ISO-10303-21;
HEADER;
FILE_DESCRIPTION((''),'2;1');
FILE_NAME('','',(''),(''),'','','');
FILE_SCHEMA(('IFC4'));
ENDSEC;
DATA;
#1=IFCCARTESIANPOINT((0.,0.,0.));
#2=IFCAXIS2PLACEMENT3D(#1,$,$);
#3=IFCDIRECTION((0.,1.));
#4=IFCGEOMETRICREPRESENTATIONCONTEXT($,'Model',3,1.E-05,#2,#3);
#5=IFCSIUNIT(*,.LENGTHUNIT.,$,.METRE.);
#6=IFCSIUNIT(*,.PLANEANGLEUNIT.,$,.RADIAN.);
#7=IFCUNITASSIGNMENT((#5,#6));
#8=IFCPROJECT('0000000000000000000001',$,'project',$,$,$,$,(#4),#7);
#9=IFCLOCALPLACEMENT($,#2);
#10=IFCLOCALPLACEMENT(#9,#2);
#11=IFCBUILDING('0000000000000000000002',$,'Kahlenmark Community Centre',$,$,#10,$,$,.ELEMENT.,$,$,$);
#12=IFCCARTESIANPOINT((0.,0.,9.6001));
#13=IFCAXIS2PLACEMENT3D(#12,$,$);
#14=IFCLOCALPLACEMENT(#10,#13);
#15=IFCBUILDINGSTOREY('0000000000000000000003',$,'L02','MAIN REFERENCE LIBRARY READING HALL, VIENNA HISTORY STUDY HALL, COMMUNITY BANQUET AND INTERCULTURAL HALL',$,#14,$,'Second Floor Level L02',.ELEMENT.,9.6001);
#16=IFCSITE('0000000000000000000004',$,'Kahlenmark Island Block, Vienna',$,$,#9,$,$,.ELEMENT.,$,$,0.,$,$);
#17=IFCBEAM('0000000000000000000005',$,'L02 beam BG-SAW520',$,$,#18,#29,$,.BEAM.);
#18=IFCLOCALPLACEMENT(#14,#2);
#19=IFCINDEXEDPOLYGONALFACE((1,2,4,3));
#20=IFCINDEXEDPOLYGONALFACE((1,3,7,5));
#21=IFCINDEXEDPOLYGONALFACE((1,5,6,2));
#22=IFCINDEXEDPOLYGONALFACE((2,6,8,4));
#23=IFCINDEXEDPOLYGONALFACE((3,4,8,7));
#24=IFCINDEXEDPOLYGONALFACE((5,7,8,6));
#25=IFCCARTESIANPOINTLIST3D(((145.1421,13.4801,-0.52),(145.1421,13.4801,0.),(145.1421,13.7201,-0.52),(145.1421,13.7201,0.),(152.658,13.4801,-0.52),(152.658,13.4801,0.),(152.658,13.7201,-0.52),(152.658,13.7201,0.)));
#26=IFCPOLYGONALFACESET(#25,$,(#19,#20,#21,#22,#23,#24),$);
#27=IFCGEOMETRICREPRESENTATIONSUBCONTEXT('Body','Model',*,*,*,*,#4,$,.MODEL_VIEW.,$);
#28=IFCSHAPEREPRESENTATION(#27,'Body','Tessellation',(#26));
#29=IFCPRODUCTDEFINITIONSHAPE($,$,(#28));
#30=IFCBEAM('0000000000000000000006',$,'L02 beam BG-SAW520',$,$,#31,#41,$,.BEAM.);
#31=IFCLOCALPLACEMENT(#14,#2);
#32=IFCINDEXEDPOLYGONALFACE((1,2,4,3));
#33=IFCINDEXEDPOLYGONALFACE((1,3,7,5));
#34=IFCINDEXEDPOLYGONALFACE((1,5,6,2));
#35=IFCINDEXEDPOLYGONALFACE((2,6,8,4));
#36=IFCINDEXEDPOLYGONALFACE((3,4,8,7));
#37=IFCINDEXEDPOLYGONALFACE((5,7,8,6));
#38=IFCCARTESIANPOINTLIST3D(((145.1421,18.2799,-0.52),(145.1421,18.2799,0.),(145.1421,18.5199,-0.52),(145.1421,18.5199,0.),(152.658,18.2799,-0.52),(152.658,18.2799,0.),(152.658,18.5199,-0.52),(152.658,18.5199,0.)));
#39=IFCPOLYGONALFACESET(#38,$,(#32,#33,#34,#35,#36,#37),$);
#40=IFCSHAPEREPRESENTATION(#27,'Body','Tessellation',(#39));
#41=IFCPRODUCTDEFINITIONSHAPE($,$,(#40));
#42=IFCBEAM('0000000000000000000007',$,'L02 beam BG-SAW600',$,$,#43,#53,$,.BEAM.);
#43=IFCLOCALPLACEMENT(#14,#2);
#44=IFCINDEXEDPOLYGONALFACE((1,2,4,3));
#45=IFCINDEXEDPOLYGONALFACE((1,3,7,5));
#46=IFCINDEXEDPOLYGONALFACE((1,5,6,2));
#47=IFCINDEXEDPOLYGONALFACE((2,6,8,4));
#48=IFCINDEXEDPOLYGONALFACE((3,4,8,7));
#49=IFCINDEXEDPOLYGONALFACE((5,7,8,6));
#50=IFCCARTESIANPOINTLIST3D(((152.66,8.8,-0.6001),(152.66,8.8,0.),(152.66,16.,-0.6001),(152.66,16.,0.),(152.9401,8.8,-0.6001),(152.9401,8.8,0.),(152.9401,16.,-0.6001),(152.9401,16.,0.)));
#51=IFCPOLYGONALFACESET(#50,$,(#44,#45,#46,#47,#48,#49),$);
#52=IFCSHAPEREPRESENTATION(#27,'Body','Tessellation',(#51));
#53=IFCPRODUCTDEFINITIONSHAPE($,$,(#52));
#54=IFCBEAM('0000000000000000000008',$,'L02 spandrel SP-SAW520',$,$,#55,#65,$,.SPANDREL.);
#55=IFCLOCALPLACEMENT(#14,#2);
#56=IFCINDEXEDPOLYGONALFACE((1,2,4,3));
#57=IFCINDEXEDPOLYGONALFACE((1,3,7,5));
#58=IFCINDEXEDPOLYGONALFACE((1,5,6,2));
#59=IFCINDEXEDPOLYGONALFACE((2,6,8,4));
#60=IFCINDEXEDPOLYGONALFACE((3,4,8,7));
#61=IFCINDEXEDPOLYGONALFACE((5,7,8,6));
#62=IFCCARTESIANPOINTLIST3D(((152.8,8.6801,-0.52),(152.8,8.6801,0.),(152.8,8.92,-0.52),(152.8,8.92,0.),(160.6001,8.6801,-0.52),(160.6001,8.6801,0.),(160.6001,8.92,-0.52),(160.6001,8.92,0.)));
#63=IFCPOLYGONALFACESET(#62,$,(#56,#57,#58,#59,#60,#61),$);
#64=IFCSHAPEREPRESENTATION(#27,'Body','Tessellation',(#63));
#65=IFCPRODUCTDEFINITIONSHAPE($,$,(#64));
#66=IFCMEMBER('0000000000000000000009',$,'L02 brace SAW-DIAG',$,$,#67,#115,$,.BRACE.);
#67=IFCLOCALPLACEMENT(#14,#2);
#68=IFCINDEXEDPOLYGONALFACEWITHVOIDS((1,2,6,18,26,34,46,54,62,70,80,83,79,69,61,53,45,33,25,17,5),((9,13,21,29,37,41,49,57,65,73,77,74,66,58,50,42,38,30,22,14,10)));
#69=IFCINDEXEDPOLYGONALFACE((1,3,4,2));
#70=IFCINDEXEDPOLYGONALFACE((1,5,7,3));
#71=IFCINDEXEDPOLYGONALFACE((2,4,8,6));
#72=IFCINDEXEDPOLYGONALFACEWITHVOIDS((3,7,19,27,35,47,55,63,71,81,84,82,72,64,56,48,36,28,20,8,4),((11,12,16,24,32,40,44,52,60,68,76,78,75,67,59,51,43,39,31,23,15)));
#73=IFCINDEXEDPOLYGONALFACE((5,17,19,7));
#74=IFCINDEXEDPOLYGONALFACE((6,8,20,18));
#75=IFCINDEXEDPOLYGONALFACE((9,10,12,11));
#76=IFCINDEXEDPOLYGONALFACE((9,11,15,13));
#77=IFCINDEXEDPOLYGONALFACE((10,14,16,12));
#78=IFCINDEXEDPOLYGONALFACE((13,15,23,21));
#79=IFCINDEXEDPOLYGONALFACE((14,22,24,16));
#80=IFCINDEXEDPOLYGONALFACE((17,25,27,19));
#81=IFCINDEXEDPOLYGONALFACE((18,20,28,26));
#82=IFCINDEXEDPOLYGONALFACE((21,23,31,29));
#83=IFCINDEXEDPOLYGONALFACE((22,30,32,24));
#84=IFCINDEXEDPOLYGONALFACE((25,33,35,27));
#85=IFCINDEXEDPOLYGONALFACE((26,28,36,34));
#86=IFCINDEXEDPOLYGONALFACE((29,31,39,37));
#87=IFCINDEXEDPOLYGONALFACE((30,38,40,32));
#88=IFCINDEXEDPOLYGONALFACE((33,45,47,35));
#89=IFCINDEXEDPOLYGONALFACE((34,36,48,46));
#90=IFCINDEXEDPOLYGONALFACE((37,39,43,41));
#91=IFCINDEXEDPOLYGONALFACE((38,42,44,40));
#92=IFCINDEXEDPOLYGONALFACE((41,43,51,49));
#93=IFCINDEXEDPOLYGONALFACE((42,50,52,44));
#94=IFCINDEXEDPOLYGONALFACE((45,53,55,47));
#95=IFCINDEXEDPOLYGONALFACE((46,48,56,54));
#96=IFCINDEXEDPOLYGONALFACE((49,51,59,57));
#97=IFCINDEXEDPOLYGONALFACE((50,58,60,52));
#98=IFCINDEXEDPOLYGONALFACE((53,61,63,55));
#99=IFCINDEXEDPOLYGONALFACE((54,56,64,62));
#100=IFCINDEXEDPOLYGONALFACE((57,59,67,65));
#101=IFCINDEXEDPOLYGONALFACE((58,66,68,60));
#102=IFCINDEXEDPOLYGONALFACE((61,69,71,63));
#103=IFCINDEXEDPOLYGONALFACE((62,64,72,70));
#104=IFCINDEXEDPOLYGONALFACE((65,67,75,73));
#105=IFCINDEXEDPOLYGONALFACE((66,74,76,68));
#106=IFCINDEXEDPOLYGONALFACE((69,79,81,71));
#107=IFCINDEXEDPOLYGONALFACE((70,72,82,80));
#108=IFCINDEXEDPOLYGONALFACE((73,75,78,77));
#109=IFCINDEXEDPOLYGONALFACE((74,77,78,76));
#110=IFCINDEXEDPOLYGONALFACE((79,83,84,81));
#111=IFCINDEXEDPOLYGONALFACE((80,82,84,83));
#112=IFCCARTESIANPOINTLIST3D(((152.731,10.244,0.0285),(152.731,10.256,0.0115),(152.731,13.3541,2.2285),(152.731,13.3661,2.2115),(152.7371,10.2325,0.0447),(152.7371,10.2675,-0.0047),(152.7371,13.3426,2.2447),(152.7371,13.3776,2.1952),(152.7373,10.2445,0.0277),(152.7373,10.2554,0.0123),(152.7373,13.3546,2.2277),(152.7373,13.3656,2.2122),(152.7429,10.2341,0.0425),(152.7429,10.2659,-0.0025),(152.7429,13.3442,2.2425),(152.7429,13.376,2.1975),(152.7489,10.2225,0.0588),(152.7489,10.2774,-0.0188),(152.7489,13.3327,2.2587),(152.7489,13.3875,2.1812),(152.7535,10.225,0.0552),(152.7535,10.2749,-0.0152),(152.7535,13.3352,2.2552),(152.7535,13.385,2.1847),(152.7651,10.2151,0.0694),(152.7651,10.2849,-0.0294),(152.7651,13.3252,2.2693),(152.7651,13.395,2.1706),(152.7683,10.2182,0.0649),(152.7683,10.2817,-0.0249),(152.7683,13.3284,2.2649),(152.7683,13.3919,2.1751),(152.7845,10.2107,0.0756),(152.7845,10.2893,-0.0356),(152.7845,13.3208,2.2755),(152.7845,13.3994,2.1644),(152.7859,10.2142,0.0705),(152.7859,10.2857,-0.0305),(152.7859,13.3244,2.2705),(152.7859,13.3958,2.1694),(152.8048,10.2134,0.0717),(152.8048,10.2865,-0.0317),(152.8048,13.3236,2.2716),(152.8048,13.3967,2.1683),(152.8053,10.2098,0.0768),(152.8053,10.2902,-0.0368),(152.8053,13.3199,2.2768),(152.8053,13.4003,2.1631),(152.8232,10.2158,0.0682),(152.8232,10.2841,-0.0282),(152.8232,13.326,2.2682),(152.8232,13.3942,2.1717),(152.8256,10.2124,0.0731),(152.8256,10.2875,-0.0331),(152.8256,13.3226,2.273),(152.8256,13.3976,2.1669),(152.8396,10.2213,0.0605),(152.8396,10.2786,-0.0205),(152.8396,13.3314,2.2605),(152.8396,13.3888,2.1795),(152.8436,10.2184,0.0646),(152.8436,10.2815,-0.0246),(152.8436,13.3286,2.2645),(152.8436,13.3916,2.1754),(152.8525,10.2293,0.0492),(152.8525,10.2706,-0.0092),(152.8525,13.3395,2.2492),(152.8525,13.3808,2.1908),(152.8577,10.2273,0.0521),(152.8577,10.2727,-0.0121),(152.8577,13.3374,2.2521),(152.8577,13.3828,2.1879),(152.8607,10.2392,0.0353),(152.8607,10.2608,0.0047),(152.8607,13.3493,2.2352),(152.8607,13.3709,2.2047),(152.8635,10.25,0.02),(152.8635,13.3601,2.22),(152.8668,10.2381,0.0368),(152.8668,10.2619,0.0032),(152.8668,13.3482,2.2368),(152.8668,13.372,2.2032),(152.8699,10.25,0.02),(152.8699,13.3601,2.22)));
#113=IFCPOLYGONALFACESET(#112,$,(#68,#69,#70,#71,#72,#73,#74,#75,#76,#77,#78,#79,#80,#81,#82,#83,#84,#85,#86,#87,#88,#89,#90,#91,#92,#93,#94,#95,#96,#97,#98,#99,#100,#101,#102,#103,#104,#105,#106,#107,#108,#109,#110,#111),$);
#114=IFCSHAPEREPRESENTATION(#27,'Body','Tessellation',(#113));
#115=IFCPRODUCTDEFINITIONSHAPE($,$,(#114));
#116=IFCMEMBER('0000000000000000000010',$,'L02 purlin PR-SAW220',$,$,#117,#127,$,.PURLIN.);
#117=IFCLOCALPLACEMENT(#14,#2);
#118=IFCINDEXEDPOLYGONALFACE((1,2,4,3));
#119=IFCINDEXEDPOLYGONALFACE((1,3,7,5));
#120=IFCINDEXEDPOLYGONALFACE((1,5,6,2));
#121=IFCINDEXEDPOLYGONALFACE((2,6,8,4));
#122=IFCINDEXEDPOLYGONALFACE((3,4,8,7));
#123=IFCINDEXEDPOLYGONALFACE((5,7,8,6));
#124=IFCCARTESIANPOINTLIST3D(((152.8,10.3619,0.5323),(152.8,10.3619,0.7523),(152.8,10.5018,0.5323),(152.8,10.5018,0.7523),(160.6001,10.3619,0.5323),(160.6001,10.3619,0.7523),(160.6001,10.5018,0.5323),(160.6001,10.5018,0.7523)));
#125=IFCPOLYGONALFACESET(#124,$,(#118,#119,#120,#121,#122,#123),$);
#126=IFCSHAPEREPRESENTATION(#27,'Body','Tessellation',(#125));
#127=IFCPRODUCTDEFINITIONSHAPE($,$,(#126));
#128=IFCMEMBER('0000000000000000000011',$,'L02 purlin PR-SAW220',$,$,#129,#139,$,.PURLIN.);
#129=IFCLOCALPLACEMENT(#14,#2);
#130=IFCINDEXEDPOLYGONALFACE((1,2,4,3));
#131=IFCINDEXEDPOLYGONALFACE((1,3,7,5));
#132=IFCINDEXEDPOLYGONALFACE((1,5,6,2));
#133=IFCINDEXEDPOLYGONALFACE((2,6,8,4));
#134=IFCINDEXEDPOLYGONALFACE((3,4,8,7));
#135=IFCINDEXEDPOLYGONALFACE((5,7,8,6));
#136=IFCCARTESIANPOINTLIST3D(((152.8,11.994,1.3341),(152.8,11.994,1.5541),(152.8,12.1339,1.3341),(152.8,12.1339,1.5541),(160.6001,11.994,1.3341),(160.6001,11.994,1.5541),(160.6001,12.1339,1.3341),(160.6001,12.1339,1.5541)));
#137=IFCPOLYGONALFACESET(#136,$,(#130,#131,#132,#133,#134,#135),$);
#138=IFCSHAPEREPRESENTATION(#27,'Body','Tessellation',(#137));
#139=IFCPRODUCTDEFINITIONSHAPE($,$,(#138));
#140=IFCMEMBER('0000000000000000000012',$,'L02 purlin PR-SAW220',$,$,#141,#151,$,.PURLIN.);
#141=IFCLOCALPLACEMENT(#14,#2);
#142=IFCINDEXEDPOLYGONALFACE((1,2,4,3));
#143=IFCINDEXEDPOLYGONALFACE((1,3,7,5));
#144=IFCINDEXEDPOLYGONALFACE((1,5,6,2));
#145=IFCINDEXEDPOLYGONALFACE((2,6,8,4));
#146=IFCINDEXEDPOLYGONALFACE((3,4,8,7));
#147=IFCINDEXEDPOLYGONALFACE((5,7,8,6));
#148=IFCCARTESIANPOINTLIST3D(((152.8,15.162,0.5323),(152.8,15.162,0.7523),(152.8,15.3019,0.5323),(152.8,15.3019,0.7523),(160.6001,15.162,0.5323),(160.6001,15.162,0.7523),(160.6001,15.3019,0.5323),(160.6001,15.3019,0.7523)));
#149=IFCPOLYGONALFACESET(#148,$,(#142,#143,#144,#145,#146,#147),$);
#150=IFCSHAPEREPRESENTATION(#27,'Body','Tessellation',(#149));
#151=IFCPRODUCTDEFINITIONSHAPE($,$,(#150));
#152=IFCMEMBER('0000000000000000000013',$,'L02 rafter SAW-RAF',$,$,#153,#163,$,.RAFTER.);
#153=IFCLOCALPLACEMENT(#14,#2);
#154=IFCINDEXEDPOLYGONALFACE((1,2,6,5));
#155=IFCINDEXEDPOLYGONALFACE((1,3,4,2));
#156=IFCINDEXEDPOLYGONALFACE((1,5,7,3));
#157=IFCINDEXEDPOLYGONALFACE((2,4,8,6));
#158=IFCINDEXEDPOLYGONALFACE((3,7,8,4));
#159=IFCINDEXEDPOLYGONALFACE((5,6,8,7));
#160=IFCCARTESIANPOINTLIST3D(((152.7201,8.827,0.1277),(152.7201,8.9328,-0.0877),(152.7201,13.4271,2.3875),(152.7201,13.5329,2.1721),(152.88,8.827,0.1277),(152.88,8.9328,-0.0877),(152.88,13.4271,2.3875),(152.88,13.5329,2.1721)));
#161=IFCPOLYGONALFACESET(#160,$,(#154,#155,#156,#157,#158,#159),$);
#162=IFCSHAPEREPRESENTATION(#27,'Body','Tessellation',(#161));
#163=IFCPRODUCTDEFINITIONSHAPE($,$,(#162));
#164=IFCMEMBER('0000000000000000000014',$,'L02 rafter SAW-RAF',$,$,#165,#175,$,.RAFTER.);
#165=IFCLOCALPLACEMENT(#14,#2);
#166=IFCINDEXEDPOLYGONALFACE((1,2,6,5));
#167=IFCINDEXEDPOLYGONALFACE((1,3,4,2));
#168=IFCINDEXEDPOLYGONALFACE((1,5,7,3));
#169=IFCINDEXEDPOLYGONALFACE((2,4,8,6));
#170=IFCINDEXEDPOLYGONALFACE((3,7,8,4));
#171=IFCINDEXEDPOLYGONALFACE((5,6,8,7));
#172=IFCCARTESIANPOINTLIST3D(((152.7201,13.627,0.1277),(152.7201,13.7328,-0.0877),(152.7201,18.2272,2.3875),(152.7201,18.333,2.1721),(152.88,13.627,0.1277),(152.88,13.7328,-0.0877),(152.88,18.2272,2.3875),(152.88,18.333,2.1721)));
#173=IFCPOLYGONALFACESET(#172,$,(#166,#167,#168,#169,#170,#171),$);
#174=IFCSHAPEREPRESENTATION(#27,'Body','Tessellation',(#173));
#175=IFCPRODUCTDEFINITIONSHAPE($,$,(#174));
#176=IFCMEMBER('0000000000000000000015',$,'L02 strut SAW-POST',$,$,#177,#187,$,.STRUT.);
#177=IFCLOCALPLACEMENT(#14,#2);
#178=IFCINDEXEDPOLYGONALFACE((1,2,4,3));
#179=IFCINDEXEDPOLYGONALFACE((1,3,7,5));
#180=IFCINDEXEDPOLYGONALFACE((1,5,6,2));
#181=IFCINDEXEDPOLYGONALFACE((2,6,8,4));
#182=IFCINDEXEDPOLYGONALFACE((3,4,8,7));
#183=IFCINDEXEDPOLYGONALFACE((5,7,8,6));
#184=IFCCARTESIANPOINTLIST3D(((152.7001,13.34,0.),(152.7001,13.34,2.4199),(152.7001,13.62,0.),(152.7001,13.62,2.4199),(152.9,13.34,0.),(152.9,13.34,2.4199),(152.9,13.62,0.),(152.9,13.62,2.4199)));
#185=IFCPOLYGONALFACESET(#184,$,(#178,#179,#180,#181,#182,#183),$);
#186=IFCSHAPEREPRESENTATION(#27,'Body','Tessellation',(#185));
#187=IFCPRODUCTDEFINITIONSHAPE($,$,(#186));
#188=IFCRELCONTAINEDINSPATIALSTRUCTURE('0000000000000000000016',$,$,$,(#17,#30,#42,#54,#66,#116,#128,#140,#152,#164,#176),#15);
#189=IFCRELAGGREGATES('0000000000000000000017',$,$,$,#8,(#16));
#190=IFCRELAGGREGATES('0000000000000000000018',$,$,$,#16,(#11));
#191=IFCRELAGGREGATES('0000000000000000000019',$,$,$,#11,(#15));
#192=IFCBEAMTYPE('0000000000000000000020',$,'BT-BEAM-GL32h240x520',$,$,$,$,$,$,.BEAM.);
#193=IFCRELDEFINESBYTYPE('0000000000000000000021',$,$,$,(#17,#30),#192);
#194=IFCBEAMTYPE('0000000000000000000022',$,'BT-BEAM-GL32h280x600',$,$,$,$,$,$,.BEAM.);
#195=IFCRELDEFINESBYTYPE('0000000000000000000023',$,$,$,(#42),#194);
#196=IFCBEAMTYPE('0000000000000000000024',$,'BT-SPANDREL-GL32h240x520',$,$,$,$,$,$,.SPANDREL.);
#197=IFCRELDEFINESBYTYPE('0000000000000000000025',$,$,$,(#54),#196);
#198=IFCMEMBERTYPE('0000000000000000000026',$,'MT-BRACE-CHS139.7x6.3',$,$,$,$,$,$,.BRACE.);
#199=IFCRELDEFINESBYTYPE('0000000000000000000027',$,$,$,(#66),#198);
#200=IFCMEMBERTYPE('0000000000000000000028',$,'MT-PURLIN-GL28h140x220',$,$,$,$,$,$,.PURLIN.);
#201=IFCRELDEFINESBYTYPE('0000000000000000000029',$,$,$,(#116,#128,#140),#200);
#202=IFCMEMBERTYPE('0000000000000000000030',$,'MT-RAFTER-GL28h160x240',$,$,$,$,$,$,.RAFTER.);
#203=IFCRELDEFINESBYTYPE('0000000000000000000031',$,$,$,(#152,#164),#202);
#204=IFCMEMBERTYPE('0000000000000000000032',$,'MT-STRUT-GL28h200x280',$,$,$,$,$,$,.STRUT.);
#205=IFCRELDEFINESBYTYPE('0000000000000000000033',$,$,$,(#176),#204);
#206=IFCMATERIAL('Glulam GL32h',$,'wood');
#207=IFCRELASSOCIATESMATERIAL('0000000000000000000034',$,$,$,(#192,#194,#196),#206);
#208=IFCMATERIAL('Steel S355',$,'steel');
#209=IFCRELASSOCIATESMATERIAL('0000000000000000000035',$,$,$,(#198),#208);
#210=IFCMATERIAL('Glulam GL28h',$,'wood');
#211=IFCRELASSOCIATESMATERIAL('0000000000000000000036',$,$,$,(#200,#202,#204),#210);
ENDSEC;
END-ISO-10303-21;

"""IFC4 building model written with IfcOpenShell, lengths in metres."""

from ifc_helpers import new_model, si_unit, direction, frame, origin, origin_2d, place, context, subcontext, project, spatial, rectangle, hollow_circle, extrude, material, material_profile, profile_set, type_object, element, save


model = new_model("IFC4")

# Units and contexts
model_context = context("Model", 3, precision=1e-05, world=origin(), true_north=direction((0.0, 1.0)))
body_context = subcontext(model_context, "Body", "Model", "MODEL_VIEW")
ifc_project = project(units=[si_unit("LENGTHUNIT", "METRE"), si_unit("PLANEANGLEUNIT", "RADIAN")], contexts=[model_context])

# Site, building, storey
site_placement = place(None, origin())
site = spatial("IfcSite", under=ifc_project, at=site_placement, Name="Kahlenmark Island Block, Vienna", CompositionType="ELEMENT", RefElevation=0.0)
building_placement = place(site_placement, origin())
building = spatial("IfcBuilding", under=site, at=building_placement, Name="Kahlenmark Community Centre", CompositionType="ELEMENT")
storey_placement = place(building_placement, frame((0.0, 0.0, 9.6001)))
storey = spatial("IfcBuildingStorey", under=building, at=storey_placement, Name="L02", Description="MAIN REFERENCE LIBRARY READING HALL, VIENNA HISTORY STUDY HALL, COMMUNITY BANQUET AND INTERCULTURAL HALL", LongName="Second Floor Level L02", CompositionType="ELEMENT", Elevation=9.6001)

# Beams
ifc_material_1 = material(Name="Glulam GL32h", Category="wood")
ifc_material_profile_1 = material_profile(ifc_material_1, rectangle(XDim=0.24, YDim=0.52, at=origin_2d()), Name="GL32h 240x520")
ifc_profile_set_1 = profile_set([ifc_material_profile_1], Name="Glulam GL32h")
beam_type_1 = type_object("IfcBeamType", Name="BT-BEAM-GL32h240x520", PredefinedType="BEAM", material=ifc_profile_set_1)
for number, where, z_axis, x_axis, name in (
    (1, (145.1421, 13.6001, -0.26), (1.0, 0.0, 0.0), (0.0, 1.0, 0.0), "L02 beam BG-SAW520"),
    (2, (145.1421, 18.3999, -0.26), (1.0, 0.0, 0.0), (0.0, 1.0, 0.0), "L02 beam BG-SAW520"),
):
    element("IfcBeam", number, at=place(storey_placement, frame(where, z_axis=z_axis, x_axis=x_axis)), inside=storey, type_object=beam_type_1, Name=name, PredefinedType="BEAM", context=body_context, shape_type="SweptSolid", body=[
        extrude(rectangle(XDim=0.24, YDim=0.52, at=origin_2d()), origin(), (0.0, 0.0, 1.0), 7.5159),
    ])
ifc_material_profile_2 = material_profile(ifc_material_1, rectangle(XDim=0.28, YDim=0.6001, at=origin_2d()), Name="GL32h 280x600")
ifc_profile_set_2 = profile_set([ifc_material_profile_2], Name="Glulam GL32h")
beam_type_2 = type_object("IfcBeamType", Name="BT-BEAM-GL32h280x600", PredefinedType="BEAM", material=ifc_profile_set_2)
beam_1_placement = place(storey_placement, frame((152.8, 8.8, -0.3), z_axis=(0.0, 1.0, 0.0), x_axis=(-1.0, 0.0, 0.0)))
element("IfcBeam", 3, at=beam_1_placement, inside=storey, type_object=beam_type_2, Name="L02 beam BG-SAW600", PredefinedType="BEAM", context=body_context, shape_type="SweptSolid", body=[
    extrude(rectangle(XDim=0.28, YDim=0.6001, at=origin_2d()), origin(), (0.0, 0.0, 1.0), 7.2),
])
ifc_material_profile_3 = material_profile(ifc_material_1, rectangle(XDim=0.24, YDim=0.52, at=origin_2d()), Name="GL32h 240x520")
ifc_profile_set_3 = profile_set([ifc_material_profile_3], Name="Glulam GL32h")
beam_type_3 = type_object("IfcBeamType", Name="BT-SPANDREL-GL32h240x520", PredefinedType="SPANDREL", material=ifc_profile_set_3)
beam_2_placement = place(storey_placement, frame((152.8, 8.8, -0.26), z_axis=(1.0, 0.0, 0.0), x_axis=(0.0, 1.0, 0.0)))
element("IfcBeam", 4, at=beam_2_placement, inside=storey, type_object=beam_type_3, Name="L02 spandrel SP-SAW520", PredefinedType="SPANDREL", context=body_context, shape_type="SweptSolid", body=[
    extrude(rectangle(XDim=0.24, YDim=0.52, at=origin_2d()), origin(), (0.0, 0.0, 1.0), 7.8),
])

# Members
ifc_material_2 = material(Name="Steel S355", Category="steel")
ifc_material_profile_4 = material_profile(ifc_material_2, hollow_circle(Radius=0.0698, WallThickness=0.0063, at=origin_2d()), Name="CHS 139.7x6.3")
ifc_profile_set_4 = profile_set([ifc_material_profile_4], Name="Steel S355")
member_type_1 = type_object("IfcMemberType", Name="MT-BRACE-CHS139.7x6.3", PredefinedType="BRACE", material=ifc_profile_set_4)
member_1_placement = place(storey_placement, frame((152.8, 13.3601, 2.22), z_axis=(0.0, -0.816401, -0.577486), x_axis=(1.0, 0.0, 0.0)))
element("IfcMember", 5, at=member_1_placement, inside=storey, type_object=member_type_1, Name="L02 brace SAW-DIAG", PredefinedType="BRACE", context=body_context, shape_type="SweptSolid", body=[
    extrude(hollow_circle(Radius=0.0698, WallThickness=0.0063, at=origin_2d()), origin(), (0.0, 0.0, 1.0), 3.8096),
])
ifc_material_3 = material(Name="Glulam GL28h", Category="wood")
ifc_material_profile_5 = material_profile(ifc_material_3, rectangle(XDim=0.1399, YDim=0.22, at=origin_2d()), Name="GL28h 140x220")
ifc_profile_set_5 = profile_set([ifc_material_profile_5], Name="Glulam GL28h")
member_type_2 = type_object("IfcMemberType", Name="MT-PURLIN-GL28h140x220", PredefinedType="PURLIN", material=ifc_profile_set_5)
for number, where, z_axis, x_axis, name in (
    (6, (152.8, 10.4319, 0.6423), (1.0, 0.0, 0.0), (0.0, 1.0, 0.0), "L02 purlin PR-SAW220"),
    (7, (152.8, 12.064, 1.4441), (1.0, 0.0, 0.0), (0.0, 1.0, 0.0), "L02 purlin PR-SAW220"),
    (8, (152.8, 15.2319, 0.6423), (1.0, 0.0, 0.0), (0.0, 1.0, 0.0), "L02 purlin PR-SAW220"),
):
    element("IfcMember", number, at=place(storey_placement, frame(where, z_axis=z_axis, x_axis=x_axis)), inside=storey, type_object=member_type_2, Name=name, PredefinedType="PURLIN", context=body_context, shape_type="SweptSolid", body=[
        extrude(rectangle(XDim=0.1399, YDim=0.22, at=origin_2d()), origin(), (0.0, 0.0, 1.0), 7.8),
    ])
ifc_material_profile_6 = material_profile(ifc_material_3, rectangle(XDim=0.1599, YDim=0.24, at=origin_2d()), Name="GL28h 160x240")
ifc_profile_set_6 = profile_set([ifc_material_profile_6], Name="Glulam GL28h")
member_type_3 = type_object("IfcMemberType", Name="MT-RAFTER-GL28h160x240", PredefinedType="RAFTER", material=ifc_profile_set_6)
for number, where, z_axis, x_axis, name in (
    (9, (152.8, 8.8799, 0.02), (0.0, 0.897549, 0.440915), (-1.0, 0.0, 0.0), "L02 rafter SAW-RAF"),
    (10, (152.8, 13.6799, 0.02), (0.0, 0.897549, 0.440915), (-1.0, 0.0, 0.0), "L02 rafter SAW-RAF"),
):
    element("IfcMember", number, at=place(storey_placement, frame(where, z_axis=z_axis, x_axis=x_axis)), inside=storey, type_object=member_type_3, Name=name, PredefinedType="RAFTER", context=body_context, shape_type="SweptSolid", body=[
        extrude(rectangle(XDim=0.1599, YDim=0.24, at=origin_2d()), origin(), (0.0, 0.0, 1.0), 5.1252),
    ])
ifc_material_profile_7 = material_profile(ifc_material_3, rectangle(XDim=0.2, YDim=0.28, at=origin_2d()), Name="GL28h 200x280")
ifc_profile_set_7 = profile_set([ifc_material_profile_7], Name="Glulam GL28h")
member_type_4 = type_object("IfcMemberType", Name="MT-STRUT-GL28h200x280", PredefinedType="STRUT", material=ifc_profile_set_7)
member_2_placement = place(storey_placement, frame((152.8, 13.48, 0.0), z_axis=(0.0, 0.0, 1.0), x_axis=(1.0, 0.0, 0.0)))
element("IfcMember", 11, at=member_2_placement, inside=storey, type_object=member_type_4, Name="L02 strut SAW-POST", PredefinedType="STRUT", context=body_context, shape_type="SweptSolid", body=[
    extrude(rectangle(XDim=0.2, YDim=0.28, at=origin_2d()), origin(), (0.0, 0.0, 1.0), 2.4199),
])

save(model, "model.ifc")
